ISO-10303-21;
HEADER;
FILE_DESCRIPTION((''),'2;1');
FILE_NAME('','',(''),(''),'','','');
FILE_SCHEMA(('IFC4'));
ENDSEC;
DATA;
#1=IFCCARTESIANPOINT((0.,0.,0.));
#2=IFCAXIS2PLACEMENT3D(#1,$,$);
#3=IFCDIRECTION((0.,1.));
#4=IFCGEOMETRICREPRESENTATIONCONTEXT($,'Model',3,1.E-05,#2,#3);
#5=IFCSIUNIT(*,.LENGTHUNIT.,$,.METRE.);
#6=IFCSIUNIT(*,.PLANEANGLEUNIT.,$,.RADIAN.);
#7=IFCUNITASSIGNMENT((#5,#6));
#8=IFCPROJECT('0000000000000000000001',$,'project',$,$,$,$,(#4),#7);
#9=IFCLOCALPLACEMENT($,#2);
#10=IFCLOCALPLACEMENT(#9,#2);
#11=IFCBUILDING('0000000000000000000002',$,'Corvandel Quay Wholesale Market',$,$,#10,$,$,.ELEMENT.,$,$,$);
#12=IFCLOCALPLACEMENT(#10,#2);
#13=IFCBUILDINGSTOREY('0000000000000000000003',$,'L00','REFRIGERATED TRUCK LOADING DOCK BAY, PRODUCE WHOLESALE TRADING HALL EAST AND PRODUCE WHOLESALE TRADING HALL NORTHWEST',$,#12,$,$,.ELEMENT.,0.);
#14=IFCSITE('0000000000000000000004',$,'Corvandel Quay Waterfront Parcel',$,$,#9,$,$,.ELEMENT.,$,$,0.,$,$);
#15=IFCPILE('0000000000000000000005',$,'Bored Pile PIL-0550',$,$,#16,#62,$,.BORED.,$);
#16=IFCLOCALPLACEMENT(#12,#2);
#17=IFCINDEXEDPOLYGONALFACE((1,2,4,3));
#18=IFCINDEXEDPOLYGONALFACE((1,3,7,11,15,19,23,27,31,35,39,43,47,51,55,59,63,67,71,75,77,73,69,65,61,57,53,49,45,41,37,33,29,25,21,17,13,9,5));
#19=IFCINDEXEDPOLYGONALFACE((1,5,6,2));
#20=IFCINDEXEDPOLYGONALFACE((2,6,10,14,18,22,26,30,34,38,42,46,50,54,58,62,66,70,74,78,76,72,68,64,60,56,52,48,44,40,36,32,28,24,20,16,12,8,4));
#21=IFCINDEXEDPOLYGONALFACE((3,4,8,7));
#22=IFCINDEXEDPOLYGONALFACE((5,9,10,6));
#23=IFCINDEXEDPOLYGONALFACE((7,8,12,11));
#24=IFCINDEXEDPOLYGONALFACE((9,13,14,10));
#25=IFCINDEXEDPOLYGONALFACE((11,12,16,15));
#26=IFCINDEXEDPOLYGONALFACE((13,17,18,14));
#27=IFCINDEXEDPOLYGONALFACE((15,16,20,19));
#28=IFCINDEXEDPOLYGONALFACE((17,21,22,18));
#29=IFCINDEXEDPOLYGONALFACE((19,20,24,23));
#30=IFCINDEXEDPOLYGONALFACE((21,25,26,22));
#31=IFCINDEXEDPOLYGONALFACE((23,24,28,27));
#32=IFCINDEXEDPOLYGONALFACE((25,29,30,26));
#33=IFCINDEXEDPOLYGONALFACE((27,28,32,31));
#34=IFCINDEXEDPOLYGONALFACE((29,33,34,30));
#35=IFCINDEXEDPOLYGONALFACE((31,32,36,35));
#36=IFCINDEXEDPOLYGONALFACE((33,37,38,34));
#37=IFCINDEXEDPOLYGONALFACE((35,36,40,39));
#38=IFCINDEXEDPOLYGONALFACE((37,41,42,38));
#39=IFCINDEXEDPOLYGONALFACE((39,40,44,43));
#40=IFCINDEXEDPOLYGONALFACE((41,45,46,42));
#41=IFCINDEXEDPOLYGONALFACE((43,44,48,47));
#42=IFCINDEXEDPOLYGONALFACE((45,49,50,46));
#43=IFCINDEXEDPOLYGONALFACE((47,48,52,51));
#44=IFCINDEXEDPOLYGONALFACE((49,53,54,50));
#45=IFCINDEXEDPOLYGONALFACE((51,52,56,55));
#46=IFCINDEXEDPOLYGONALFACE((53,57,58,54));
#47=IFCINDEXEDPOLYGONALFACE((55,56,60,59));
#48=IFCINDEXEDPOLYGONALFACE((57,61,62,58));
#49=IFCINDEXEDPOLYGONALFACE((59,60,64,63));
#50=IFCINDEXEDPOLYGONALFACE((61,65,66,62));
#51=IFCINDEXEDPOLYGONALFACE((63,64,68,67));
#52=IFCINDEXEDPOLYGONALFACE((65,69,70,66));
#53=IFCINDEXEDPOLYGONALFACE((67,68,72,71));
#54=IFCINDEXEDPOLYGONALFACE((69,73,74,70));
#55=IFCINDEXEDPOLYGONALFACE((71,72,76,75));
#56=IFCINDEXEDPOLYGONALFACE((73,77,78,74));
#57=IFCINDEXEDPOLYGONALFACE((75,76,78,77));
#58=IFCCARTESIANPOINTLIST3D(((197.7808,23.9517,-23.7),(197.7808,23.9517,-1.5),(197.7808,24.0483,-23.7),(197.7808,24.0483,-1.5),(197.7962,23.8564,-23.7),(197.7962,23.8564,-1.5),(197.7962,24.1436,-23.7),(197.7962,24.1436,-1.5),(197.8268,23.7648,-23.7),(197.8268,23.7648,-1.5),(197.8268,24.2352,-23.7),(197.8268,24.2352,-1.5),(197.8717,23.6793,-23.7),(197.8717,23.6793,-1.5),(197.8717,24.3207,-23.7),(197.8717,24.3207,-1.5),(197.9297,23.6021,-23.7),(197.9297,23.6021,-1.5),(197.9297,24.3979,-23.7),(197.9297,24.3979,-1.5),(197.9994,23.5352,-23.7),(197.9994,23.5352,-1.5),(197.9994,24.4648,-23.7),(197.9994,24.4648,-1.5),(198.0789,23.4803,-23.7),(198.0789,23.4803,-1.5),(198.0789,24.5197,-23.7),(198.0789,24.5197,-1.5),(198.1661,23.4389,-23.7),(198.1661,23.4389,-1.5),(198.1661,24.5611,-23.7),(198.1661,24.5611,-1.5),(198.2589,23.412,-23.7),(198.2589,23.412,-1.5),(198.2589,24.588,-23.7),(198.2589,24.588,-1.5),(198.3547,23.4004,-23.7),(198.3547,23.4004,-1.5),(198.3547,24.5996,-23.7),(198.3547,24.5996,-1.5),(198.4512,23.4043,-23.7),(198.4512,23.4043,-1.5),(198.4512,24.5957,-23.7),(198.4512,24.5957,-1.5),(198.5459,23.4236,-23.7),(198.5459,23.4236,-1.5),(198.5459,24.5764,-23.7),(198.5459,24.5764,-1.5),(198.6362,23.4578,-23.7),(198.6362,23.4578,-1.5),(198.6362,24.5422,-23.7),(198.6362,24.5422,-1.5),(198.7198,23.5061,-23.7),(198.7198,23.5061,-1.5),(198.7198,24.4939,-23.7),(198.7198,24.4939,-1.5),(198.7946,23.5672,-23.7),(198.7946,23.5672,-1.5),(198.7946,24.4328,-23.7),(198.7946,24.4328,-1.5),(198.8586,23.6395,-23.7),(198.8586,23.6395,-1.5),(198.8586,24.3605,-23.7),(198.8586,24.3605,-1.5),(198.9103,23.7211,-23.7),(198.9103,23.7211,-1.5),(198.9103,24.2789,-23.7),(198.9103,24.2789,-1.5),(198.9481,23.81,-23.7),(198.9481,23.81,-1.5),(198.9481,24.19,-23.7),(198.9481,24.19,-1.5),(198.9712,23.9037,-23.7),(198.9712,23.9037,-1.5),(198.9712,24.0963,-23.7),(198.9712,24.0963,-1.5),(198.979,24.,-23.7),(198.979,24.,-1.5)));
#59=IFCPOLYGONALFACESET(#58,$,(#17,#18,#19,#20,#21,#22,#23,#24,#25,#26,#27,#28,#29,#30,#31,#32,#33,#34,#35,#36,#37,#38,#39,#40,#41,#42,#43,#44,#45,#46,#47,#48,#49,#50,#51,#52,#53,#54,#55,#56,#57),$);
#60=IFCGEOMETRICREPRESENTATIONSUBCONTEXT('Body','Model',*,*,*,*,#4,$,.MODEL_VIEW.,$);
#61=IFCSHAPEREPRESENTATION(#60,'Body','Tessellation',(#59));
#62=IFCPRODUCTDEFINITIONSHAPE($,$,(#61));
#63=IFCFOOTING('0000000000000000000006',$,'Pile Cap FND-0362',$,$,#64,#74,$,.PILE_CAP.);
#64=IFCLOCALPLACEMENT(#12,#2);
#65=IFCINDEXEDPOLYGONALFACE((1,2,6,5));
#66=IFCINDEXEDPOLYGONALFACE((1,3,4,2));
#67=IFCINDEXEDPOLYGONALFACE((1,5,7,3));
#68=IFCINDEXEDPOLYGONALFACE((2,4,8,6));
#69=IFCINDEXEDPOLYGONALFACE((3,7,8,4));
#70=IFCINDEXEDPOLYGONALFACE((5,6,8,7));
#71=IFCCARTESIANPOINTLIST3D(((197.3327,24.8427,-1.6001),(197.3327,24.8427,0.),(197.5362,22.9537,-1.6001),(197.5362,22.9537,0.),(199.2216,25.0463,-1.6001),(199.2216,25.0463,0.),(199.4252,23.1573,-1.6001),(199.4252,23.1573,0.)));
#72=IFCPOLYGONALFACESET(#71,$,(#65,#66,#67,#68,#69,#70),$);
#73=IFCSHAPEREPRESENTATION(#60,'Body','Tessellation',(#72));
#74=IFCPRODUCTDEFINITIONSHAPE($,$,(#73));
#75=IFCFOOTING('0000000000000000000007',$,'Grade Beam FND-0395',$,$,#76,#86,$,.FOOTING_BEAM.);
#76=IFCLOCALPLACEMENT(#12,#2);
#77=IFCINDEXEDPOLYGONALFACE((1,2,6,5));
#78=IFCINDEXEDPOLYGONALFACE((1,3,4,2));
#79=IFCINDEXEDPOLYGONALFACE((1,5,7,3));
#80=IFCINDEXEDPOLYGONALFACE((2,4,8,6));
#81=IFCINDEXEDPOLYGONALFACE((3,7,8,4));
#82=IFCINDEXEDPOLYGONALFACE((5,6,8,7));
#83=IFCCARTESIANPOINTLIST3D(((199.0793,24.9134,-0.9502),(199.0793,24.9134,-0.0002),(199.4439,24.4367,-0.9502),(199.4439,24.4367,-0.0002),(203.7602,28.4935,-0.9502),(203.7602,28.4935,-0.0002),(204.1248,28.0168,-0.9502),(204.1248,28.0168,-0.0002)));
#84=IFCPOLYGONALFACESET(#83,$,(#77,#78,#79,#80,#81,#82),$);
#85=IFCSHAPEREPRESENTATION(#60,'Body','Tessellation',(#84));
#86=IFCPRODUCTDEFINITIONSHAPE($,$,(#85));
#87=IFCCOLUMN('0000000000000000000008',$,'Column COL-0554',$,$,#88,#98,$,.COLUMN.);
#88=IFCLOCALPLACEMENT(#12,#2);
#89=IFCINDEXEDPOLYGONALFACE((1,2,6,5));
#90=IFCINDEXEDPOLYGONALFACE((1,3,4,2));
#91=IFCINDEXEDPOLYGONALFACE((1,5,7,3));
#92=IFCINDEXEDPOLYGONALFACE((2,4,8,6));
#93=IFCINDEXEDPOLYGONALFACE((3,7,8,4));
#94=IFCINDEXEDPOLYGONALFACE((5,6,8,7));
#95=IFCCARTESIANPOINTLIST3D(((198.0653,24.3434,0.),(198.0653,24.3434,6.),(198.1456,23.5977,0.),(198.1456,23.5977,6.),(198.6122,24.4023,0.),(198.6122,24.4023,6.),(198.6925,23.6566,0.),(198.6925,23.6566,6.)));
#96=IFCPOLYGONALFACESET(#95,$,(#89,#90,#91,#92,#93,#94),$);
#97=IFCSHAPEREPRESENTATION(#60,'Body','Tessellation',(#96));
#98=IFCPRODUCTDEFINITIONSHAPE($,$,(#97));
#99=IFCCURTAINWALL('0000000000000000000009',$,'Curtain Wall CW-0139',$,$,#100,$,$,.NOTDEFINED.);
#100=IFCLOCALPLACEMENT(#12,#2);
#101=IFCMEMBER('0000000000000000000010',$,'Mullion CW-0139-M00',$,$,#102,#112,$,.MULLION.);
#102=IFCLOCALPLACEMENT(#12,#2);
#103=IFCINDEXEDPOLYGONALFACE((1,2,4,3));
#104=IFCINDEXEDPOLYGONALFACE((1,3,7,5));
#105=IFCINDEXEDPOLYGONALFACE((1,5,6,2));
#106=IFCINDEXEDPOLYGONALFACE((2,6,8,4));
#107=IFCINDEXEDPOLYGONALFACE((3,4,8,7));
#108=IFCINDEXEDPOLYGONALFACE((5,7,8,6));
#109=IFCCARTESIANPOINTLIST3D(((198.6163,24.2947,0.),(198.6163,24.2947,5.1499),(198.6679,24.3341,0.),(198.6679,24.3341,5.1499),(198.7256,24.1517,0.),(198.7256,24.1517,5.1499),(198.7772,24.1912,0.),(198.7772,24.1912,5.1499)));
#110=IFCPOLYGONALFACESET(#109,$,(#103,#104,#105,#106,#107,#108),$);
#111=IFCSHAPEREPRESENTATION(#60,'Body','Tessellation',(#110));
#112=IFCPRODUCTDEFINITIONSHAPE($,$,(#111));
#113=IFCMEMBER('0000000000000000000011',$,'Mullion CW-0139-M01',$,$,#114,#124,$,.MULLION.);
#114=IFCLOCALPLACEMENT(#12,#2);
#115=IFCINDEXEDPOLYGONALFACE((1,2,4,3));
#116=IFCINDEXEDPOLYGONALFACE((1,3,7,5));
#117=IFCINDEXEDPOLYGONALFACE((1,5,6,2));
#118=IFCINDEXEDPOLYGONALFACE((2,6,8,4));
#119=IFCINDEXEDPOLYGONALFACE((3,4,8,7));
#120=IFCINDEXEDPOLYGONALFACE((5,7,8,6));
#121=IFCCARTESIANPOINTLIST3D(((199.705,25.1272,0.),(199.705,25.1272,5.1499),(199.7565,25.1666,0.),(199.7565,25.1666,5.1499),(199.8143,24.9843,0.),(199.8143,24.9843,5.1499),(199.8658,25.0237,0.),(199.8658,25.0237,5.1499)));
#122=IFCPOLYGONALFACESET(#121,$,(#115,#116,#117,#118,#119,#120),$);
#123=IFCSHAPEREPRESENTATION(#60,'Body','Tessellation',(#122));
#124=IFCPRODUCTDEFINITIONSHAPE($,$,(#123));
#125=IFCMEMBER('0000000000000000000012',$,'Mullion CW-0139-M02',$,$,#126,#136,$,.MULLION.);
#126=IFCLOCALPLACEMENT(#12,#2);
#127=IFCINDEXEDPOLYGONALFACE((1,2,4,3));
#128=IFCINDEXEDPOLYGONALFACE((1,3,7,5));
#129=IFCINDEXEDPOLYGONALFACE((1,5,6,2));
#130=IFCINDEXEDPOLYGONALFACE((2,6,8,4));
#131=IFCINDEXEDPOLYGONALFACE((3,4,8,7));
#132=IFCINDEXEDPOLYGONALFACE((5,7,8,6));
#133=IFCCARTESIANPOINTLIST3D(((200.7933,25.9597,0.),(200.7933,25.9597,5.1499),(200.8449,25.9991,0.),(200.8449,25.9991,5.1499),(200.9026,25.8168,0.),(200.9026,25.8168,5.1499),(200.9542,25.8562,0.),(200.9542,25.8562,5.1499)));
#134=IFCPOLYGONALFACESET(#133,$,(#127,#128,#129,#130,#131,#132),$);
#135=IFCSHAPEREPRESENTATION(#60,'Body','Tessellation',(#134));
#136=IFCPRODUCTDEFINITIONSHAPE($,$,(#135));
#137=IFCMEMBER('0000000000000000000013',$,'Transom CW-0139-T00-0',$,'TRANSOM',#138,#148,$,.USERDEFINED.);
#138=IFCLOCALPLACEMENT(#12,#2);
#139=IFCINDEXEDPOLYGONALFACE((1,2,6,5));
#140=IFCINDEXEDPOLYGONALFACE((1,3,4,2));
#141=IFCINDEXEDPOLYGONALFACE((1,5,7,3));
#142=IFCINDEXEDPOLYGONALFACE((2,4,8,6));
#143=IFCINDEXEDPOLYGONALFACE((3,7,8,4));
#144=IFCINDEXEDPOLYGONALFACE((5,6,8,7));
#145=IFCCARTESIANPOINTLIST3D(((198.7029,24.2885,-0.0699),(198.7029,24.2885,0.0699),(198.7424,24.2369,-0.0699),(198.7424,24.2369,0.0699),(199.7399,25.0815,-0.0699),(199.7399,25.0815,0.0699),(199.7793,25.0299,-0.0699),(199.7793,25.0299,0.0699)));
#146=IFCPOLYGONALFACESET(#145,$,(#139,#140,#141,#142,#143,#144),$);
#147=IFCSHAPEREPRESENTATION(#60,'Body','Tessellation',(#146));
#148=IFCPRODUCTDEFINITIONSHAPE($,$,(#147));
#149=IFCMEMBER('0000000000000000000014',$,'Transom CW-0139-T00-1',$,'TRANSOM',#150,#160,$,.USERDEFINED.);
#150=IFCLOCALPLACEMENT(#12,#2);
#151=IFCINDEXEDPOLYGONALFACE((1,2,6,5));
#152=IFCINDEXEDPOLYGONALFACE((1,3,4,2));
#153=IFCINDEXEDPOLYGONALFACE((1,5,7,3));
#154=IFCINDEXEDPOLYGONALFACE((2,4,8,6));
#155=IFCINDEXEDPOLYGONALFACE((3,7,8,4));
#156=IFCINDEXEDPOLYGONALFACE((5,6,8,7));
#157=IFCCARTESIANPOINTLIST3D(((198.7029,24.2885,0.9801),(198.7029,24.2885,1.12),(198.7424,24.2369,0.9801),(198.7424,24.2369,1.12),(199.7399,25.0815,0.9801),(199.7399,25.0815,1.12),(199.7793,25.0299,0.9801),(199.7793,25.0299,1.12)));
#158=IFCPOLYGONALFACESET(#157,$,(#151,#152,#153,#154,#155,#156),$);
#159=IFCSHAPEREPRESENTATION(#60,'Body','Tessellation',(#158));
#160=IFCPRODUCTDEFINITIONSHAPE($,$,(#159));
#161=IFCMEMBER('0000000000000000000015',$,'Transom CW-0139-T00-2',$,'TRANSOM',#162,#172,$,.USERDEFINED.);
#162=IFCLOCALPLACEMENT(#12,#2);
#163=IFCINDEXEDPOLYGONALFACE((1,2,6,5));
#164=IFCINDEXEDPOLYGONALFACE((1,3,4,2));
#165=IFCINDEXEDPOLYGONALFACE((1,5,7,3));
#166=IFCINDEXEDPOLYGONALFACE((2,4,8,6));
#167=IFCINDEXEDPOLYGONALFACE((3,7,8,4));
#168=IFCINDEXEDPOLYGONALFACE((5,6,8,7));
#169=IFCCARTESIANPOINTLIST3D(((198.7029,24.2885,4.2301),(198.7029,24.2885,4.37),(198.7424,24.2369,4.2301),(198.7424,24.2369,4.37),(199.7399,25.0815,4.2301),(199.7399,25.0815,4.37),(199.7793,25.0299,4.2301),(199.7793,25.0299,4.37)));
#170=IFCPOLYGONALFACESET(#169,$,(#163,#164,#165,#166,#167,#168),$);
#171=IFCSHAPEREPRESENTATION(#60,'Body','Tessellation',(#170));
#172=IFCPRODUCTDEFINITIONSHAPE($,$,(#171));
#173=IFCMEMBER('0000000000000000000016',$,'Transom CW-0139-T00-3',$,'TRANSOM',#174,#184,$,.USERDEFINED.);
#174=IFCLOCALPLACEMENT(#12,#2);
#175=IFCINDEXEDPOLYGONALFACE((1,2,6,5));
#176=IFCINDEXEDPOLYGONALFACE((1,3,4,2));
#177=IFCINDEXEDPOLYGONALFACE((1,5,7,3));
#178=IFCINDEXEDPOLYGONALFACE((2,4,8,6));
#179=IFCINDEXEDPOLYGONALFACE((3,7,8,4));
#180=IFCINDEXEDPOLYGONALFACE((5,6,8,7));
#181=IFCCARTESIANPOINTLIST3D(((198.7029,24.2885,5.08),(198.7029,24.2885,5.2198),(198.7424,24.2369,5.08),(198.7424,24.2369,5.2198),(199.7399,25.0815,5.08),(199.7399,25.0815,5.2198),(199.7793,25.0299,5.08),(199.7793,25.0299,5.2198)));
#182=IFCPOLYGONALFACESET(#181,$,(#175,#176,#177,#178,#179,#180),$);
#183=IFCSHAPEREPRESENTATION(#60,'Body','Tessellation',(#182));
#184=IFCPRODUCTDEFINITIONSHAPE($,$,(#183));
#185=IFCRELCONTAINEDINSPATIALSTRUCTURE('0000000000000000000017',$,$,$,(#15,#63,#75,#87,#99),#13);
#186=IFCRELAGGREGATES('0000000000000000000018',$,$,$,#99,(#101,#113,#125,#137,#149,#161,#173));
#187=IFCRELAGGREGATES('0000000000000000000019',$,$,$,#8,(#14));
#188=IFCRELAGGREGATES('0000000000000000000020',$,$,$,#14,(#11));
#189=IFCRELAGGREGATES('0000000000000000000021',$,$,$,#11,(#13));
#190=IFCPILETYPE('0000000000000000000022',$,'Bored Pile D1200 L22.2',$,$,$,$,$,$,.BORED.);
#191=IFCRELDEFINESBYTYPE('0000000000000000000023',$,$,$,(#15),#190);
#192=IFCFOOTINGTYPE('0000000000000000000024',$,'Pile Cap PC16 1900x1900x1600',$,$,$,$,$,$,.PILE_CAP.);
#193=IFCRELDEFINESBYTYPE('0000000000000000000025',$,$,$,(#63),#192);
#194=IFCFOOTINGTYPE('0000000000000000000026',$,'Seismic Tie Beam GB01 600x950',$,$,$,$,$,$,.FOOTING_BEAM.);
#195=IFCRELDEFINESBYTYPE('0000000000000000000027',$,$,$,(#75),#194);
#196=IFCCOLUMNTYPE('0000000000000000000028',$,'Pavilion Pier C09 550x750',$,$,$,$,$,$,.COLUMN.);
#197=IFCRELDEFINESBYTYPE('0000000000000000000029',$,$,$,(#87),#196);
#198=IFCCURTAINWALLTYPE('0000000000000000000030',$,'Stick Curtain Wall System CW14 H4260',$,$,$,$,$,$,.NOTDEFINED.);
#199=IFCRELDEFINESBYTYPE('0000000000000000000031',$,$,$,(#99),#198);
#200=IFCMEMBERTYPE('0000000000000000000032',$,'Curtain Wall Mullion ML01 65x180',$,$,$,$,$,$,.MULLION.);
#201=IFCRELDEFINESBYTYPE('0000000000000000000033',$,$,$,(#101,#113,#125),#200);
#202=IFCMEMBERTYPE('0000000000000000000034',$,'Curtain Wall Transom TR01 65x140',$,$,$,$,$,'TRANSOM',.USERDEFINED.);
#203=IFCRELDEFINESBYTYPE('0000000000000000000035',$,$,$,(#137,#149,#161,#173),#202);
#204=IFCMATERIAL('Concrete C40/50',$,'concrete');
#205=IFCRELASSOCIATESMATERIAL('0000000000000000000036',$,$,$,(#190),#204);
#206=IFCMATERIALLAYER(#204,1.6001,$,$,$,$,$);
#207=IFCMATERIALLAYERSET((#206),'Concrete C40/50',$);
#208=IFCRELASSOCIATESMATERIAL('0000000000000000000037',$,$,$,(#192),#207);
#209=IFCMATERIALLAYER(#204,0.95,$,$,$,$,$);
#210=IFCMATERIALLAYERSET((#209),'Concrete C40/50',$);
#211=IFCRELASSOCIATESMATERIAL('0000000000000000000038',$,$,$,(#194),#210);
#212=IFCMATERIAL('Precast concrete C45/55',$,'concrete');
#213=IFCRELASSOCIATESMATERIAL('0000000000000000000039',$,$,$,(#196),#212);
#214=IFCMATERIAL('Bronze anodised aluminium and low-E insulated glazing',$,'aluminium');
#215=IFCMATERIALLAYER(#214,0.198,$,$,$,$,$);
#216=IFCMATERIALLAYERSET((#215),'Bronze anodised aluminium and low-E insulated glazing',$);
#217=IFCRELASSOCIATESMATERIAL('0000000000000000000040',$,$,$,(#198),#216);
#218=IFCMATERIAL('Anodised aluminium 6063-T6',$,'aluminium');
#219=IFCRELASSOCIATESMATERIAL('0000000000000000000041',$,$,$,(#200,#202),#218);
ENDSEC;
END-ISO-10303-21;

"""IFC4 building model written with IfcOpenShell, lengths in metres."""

from ifc_helpers import new_model, si_unit, direction, frame, origin, origin_2d, place, context, subcontext, project, spatial, rectangle, circle, extrude, material, layer, layer_set, material_profile, profile_set, type_object, element, aggregate, save


model = new_model("IFC4")

# Units and contexts
model_context = context("Model", 3, precision=1e-05, world=origin(), true_north=direction((0.0, 1.0)))
body_context = subcontext(model_context, "Body", "Model", "MODEL_VIEW")
ifc_project = project(units=[si_unit("LENGTHUNIT", "METRE"), si_unit("PLANEANGLEUNIT", "RADIAN")], contexts=[model_context])

# Site, building, storey
site_placement = place(None, origin())
site = spatial("IfcSite", under=ifc_project, at=site_placement, Name="Corvandel Quay Waterfront Parcel", CompositionType="ELEMENT", RefElevation=0.0)
building_placement = place(site_placement, origin())
building = spatial("IfcBuilding", under=site, at=building_placement, Name="Corvandel Quay Wholesale Market", CompositionType="ELEMENT")
storey_placement = place(building_placement, origin())
storey = spatial("IfcBuildingStorey", under=building, at=storey_placement, Name="L00", Description="REFRIGERATED TRUCK LOADING DOCK BAY, PRODUCE WHOLESALE TRADING HALL EAST AND PRODUCE WHOLESALE TRADING HALL NORTHWEST", CompositionType="ELEMENT", Elevation=0.0)

# Pile
ifc_material_1 = material(Name="Concrete C40/50", Category="concrete")
ifc_material_profile_1 = material_profile(ifc_material_1, circle(Radius=0.6001, at=origin_2d()), Name="RC-PILE-D1200")
ifc_profile_set_1 = profile_set([ifc_material_profile_1], Name="Concrete C40/50")
pile_type = type_object("IfcPileType", Name="Bored Pile D1200 L22.2", PredefinedType="BORED", material=ifc_profile_set_1)
pile_placement = place(storey_placement, frame((198.3789, 24.0, -1.5), z_axis=(0.0, 0.0, -1.0), x_axis=(1.0, 0.0, 0.0)))
element("IfcPile", 1, at=pile_placement, inside=storey, type_object=pile_type, Name="Bored Pile PIL-0550", PredefinedType="BORED", context=body_context, shape_type="SweptSolid", body=[
    extrude(circle(Radius=0.6001, at=origin_2d()), origin(), (0.0, 0.0, 1.0), 22.2),
])

# Footings
ifc_layer_1 = layer(ifc_material_1, 1.6001)
ifc_layer_set_1 = layer_set([ifc_layer_1], Name="Concrete C40/50")
footing_type_1 = type_object("IfcFootingType", Name="Pile Cap PC16 1900x1900x1600", PredefinedType="PILE_CAP", material=ifc_layer_set_1)
footing_1_placement = place(storey_placement, frame((198.3789, 24.0, -1.6001), z_axis=(0.0, 0.0, 1.0), x_axis=(0.994245, 0.107132, 0.0)))
element("IfcFooting", 2, at=footing_1_placement, inside=storey, type_object=footing_type_1, Name="Pile Cap FND-0362", PredefinedType="PILE_CAP", context=body_context, shape_type="SweptSolid", body=[
    extrude(rectangle(XDim=1.8999, YDim=1.8999, at=origin_2d()), origin(), (0.0, 0.0, 1.0), 1.6001),
])
ifc_layer_2 = layer(ifc_material_1, 0.95)
ifc_layer_set_2 = layer_set([ifc_layer_2], Name="Concrete C40/50")
footing_type_2 = type_object("IfcFootingType", Name="Seismic Tie Beam GB01 600x950", PredefinedType="FOOTING_BEAM", material=ifc_layer_set_2)
footing_2_placement = place(storey_placement, frame((201.6021, 26.4651, -0.9502), z_axis=(0.0, 0.0, 1.0), x_axis=(0.794309, 0.607514, 0.0)))
element("IfcFooting", 3, at=footing_2_placement, inside=storey, type_object=footing_type_2, Name="Grade Beam FND-0395", PredefinedType="FOOTING_BEAM", context=body_context, shape_type="SweptSolid", body=[
    extrude(rectangle(XDim=5.8931, YDim=0.6001, at=origin_2d()), origin(), (0.0, 0.0, 1.0), 0.95),
])

# Column
ifc_material_2 = material(Name="Precast concrete C45/55", Category="concrete")
ifc_material_profile_2 = material_profile(ifc_material_2, rectangle(XDim=0.55, YDim=0.75, at=origin_2d()), Name="PC-COL-550x750")
ifc_profile_set_2 = profile_set([ifc_material_profile_2], Name="Precast concrete C45/55")
column_type = type_object("IfcColumnType", Name="Pavilion Pier C09 550x750", PredefinedType="COLUMN", material=ifc_profile_set_2)
column_placement = place(storey_placement, frame((198.3789, 24.0, 0.0), z_axis=(0.0, 0.0, 1.0), x_axis=(0.994245, 0.107132, 0.0)))
element("IfcColumn", 4, at=column_placement, inside=storey, type_object=column_type, Name="Column COL-0554", PredefinedType="COLUMN", context=body_context, shape_type="SweptSolid", body=[
    extrude(rectangle(XDim=0.55, YDim=0.75, at=origin_2d()), origin(), (0.0, 0.0, 1.0), 6.0),
])

# Curtain wall, members
ifc_material_3 = material(Name="Bronze anodised aluminium and low-E insulated glazing", Category="aluminium")
ifc_layer_3 = layer(ifc_material_3, 0.198)
ifc_layer_set_3 = layer_set([ifc_layer_3], Name="Bronze anodised aluminium and low-E insulated glazing")
curtain_wall_type = type_object("IfcCurtainWallType", Name="Stick Curtain Wall System CW14 H4260", PredefinedType="NOTDEFINED", material=ifc_layer_set_3)
curtain_wall_placement = place(storey_placement, origin())
curtain_wall = element("IfcCurtainWall", 5, at=curtain_wall_placement, inside=storey, type_object=curtain_wall_type, Name="Curtain Wall CW-0139", PredefinedType="NOTDEFINED")
ifc_material_4 = material(Name="Anodised aluminium 6063-T6", Category="aluminium")
ifc_material_profile_3 = material_profile(ifc_material_4, rectangle(XDim=0.0649, YDim=0.1799, at=origin_2d()), Name="ALU-MUL-65x180")
ifc_profile_set_3 = profile_set([ifc_material_profile_3], Name="Anodised aluminium 6063-T6")
member_type_1 = type_object("IfcMemberType", Name="Curtain Wall Mullion ML01 65x180", PredefinedType="MULLION", material=ifc_profile_set_3)
member_1_placement = place(storey_placement, frame((198.6968, 24.2429, 0.0), z_axis=(0.0, 0.0, 1.0), x_axis=(0.794309, 0.607514, 0.0)))
member_1 = element("IfcMember", 6, at=member_1_placement, type_object=member_type_1, Name="Mullion CW-0139-M00", PredefinedType="MULLION", context=body_context, shape_type="SweptSolid", body=[
    extrude(rectangle(XDim=0.0649, YDim=0.1799, at=origin_2d()), origin(), (0.0, 0.0, 1.0), 5.1499),
])
member_2_placement = place(storey_placement, frame((199.7854, 25.0754, 0.0), z_axis=(0.0, 0.0, 1.0), x_axis=(0.794309, 0.607514, 0.0)))
member_2 = element("IfcMember", 7, at=member_2_placement, type_object=member_type_1, Name="Mullion CW-0139-M01", PredefinedType="MULLION", context=body_context, shape_type="SweptSolid", body=[
    extrude(rectangle(XDim=0.0649, YDim=0.1799, at=origin_2d()), origin(), (0.0, 0.0, 1.0), 5.1499),
])
member_3_placement = place(storey_placement, frame((200.8738, 25.908, 0.0), z_axis=(0.0, 0.0, 1.0), x_axis=(0.794309, 0.607514, 0.0)))
member_3 = element("IfcMember", 8, at=member_3_placement, type_object=member_type_1, Name="Mullion CW-0139-M02", PredefinedType="MULLION", context=body_context, shape_type="SweptSolid", body=[
    extrude(rectangle(XDim=0.0649, YDim=0.1799, at=origin_2d()), origin(), (0.0, 0.0, 1.0), 5.1499),
])
ifc_material_profile_4 = material_profile(ifc_material_4, rectangle(XDim=0.0649, YDim=0.1399, at=origin_2d()), Name="ALU-TRN-65x140")
ifc_profile_set_4 = profile_set([ifc_material_profile_4], Name="Anodised aluminium 6063-T6")
member_type_2 = type_object("IfcMemberType", Name="Curtain Wall Transom TR01 65x140", ElementType="TRANSOM", PredefinedType="USERDEFINED", material=ifc_profile_set_4)
member_4_placement = place(storey_placement, frame((198.7227, 24.2627, 0.0), z_axis=(0.794331, 0.607485, 0.0), x_axis=(-0.607485, 0.794331, 0.0)))
member_4 = element("IfcMember", 9, at=member_4_placement, type_object=member_type_2, Name="Transom CW-0139-T00-0", ObjectType="TRANSOM", PredefinedType="USERDEFINED", context=body_context, shape_type="SweptSolid", body=[
    extrude(rectangle(XDim=0.0649, YDim=0.1399, at=origin_2d()), origin(), (0.0, 0.0, 1.0), 1.3054),
])
member_5_placement = place(storey_placement, frame((198.7227, 24.2627, 1.05), z_axis=(0.794331, 0.607485, 0.0), x_axis=(-0.607485, 0.794331, 0.0)))
member_5 = element("IfcMember", 10, at=member_5_placement, type_object=member_type_2, Name="Transom CW-0139-T00-1", ObjectType="TRANSOM", PredefinedType="USERDEFINED", context=body_context, shape_type="SweptSolid", body=[
    extrude(rectangle(XDim=0.0649, YDim=0.1399, at=origin_2d()), origin(), (0.0, 0.0, 1.0), 1.3054),
])
member_6_placement = place(storey_placement, frame((198.7227, 24.2627, 4.3), z_axis=(0.794331, 0.607485, 0.0), x_axis=(-0.607485, 0.794331, 0.0)))
member_6 = element("IfcMember", 11, at=member_6_placement, type_object=member_type_2, Name="Transom CW-0139-T00-2", ObjectType="TRANSOM", PredefinedType="USERDEFINED", context=body_context, shape_type="SweptSolid", body=[
    extrude(rectangle(XDim=0.0649, YDim=0.1399, at=origin_2d()), origin(), (0.0, 0.0, 1.0), 1.3054),
])
member_7_placement = place(storey_placement, frame((198.7227, 24.2627, 5.1499), z_axis=(0.794331, 0.607485, 0.0), x_axis=(-0.607485, 0.794331, 0.0)))
member_7 = element("IfcMember", 12, at=member_7_placement, type_object=member_type_2, Name="Transom CW-0139-T00-3", ObjectType="TRANSOM", PredefinedType="USERDEFINED", context=body_context, shape_type="SweptSolid", body=[
    extrude(rectangle(XDim=0.0649, YDim=0.1399, at=origin_2d()), origin(), (0.0, 0.0, 1.0), 1.3054),
])
aggregate(curtain_wall, [member_1, member_2, member_3, member_4, member_5, member_6, member_7])

save(model, "model.ifc")
